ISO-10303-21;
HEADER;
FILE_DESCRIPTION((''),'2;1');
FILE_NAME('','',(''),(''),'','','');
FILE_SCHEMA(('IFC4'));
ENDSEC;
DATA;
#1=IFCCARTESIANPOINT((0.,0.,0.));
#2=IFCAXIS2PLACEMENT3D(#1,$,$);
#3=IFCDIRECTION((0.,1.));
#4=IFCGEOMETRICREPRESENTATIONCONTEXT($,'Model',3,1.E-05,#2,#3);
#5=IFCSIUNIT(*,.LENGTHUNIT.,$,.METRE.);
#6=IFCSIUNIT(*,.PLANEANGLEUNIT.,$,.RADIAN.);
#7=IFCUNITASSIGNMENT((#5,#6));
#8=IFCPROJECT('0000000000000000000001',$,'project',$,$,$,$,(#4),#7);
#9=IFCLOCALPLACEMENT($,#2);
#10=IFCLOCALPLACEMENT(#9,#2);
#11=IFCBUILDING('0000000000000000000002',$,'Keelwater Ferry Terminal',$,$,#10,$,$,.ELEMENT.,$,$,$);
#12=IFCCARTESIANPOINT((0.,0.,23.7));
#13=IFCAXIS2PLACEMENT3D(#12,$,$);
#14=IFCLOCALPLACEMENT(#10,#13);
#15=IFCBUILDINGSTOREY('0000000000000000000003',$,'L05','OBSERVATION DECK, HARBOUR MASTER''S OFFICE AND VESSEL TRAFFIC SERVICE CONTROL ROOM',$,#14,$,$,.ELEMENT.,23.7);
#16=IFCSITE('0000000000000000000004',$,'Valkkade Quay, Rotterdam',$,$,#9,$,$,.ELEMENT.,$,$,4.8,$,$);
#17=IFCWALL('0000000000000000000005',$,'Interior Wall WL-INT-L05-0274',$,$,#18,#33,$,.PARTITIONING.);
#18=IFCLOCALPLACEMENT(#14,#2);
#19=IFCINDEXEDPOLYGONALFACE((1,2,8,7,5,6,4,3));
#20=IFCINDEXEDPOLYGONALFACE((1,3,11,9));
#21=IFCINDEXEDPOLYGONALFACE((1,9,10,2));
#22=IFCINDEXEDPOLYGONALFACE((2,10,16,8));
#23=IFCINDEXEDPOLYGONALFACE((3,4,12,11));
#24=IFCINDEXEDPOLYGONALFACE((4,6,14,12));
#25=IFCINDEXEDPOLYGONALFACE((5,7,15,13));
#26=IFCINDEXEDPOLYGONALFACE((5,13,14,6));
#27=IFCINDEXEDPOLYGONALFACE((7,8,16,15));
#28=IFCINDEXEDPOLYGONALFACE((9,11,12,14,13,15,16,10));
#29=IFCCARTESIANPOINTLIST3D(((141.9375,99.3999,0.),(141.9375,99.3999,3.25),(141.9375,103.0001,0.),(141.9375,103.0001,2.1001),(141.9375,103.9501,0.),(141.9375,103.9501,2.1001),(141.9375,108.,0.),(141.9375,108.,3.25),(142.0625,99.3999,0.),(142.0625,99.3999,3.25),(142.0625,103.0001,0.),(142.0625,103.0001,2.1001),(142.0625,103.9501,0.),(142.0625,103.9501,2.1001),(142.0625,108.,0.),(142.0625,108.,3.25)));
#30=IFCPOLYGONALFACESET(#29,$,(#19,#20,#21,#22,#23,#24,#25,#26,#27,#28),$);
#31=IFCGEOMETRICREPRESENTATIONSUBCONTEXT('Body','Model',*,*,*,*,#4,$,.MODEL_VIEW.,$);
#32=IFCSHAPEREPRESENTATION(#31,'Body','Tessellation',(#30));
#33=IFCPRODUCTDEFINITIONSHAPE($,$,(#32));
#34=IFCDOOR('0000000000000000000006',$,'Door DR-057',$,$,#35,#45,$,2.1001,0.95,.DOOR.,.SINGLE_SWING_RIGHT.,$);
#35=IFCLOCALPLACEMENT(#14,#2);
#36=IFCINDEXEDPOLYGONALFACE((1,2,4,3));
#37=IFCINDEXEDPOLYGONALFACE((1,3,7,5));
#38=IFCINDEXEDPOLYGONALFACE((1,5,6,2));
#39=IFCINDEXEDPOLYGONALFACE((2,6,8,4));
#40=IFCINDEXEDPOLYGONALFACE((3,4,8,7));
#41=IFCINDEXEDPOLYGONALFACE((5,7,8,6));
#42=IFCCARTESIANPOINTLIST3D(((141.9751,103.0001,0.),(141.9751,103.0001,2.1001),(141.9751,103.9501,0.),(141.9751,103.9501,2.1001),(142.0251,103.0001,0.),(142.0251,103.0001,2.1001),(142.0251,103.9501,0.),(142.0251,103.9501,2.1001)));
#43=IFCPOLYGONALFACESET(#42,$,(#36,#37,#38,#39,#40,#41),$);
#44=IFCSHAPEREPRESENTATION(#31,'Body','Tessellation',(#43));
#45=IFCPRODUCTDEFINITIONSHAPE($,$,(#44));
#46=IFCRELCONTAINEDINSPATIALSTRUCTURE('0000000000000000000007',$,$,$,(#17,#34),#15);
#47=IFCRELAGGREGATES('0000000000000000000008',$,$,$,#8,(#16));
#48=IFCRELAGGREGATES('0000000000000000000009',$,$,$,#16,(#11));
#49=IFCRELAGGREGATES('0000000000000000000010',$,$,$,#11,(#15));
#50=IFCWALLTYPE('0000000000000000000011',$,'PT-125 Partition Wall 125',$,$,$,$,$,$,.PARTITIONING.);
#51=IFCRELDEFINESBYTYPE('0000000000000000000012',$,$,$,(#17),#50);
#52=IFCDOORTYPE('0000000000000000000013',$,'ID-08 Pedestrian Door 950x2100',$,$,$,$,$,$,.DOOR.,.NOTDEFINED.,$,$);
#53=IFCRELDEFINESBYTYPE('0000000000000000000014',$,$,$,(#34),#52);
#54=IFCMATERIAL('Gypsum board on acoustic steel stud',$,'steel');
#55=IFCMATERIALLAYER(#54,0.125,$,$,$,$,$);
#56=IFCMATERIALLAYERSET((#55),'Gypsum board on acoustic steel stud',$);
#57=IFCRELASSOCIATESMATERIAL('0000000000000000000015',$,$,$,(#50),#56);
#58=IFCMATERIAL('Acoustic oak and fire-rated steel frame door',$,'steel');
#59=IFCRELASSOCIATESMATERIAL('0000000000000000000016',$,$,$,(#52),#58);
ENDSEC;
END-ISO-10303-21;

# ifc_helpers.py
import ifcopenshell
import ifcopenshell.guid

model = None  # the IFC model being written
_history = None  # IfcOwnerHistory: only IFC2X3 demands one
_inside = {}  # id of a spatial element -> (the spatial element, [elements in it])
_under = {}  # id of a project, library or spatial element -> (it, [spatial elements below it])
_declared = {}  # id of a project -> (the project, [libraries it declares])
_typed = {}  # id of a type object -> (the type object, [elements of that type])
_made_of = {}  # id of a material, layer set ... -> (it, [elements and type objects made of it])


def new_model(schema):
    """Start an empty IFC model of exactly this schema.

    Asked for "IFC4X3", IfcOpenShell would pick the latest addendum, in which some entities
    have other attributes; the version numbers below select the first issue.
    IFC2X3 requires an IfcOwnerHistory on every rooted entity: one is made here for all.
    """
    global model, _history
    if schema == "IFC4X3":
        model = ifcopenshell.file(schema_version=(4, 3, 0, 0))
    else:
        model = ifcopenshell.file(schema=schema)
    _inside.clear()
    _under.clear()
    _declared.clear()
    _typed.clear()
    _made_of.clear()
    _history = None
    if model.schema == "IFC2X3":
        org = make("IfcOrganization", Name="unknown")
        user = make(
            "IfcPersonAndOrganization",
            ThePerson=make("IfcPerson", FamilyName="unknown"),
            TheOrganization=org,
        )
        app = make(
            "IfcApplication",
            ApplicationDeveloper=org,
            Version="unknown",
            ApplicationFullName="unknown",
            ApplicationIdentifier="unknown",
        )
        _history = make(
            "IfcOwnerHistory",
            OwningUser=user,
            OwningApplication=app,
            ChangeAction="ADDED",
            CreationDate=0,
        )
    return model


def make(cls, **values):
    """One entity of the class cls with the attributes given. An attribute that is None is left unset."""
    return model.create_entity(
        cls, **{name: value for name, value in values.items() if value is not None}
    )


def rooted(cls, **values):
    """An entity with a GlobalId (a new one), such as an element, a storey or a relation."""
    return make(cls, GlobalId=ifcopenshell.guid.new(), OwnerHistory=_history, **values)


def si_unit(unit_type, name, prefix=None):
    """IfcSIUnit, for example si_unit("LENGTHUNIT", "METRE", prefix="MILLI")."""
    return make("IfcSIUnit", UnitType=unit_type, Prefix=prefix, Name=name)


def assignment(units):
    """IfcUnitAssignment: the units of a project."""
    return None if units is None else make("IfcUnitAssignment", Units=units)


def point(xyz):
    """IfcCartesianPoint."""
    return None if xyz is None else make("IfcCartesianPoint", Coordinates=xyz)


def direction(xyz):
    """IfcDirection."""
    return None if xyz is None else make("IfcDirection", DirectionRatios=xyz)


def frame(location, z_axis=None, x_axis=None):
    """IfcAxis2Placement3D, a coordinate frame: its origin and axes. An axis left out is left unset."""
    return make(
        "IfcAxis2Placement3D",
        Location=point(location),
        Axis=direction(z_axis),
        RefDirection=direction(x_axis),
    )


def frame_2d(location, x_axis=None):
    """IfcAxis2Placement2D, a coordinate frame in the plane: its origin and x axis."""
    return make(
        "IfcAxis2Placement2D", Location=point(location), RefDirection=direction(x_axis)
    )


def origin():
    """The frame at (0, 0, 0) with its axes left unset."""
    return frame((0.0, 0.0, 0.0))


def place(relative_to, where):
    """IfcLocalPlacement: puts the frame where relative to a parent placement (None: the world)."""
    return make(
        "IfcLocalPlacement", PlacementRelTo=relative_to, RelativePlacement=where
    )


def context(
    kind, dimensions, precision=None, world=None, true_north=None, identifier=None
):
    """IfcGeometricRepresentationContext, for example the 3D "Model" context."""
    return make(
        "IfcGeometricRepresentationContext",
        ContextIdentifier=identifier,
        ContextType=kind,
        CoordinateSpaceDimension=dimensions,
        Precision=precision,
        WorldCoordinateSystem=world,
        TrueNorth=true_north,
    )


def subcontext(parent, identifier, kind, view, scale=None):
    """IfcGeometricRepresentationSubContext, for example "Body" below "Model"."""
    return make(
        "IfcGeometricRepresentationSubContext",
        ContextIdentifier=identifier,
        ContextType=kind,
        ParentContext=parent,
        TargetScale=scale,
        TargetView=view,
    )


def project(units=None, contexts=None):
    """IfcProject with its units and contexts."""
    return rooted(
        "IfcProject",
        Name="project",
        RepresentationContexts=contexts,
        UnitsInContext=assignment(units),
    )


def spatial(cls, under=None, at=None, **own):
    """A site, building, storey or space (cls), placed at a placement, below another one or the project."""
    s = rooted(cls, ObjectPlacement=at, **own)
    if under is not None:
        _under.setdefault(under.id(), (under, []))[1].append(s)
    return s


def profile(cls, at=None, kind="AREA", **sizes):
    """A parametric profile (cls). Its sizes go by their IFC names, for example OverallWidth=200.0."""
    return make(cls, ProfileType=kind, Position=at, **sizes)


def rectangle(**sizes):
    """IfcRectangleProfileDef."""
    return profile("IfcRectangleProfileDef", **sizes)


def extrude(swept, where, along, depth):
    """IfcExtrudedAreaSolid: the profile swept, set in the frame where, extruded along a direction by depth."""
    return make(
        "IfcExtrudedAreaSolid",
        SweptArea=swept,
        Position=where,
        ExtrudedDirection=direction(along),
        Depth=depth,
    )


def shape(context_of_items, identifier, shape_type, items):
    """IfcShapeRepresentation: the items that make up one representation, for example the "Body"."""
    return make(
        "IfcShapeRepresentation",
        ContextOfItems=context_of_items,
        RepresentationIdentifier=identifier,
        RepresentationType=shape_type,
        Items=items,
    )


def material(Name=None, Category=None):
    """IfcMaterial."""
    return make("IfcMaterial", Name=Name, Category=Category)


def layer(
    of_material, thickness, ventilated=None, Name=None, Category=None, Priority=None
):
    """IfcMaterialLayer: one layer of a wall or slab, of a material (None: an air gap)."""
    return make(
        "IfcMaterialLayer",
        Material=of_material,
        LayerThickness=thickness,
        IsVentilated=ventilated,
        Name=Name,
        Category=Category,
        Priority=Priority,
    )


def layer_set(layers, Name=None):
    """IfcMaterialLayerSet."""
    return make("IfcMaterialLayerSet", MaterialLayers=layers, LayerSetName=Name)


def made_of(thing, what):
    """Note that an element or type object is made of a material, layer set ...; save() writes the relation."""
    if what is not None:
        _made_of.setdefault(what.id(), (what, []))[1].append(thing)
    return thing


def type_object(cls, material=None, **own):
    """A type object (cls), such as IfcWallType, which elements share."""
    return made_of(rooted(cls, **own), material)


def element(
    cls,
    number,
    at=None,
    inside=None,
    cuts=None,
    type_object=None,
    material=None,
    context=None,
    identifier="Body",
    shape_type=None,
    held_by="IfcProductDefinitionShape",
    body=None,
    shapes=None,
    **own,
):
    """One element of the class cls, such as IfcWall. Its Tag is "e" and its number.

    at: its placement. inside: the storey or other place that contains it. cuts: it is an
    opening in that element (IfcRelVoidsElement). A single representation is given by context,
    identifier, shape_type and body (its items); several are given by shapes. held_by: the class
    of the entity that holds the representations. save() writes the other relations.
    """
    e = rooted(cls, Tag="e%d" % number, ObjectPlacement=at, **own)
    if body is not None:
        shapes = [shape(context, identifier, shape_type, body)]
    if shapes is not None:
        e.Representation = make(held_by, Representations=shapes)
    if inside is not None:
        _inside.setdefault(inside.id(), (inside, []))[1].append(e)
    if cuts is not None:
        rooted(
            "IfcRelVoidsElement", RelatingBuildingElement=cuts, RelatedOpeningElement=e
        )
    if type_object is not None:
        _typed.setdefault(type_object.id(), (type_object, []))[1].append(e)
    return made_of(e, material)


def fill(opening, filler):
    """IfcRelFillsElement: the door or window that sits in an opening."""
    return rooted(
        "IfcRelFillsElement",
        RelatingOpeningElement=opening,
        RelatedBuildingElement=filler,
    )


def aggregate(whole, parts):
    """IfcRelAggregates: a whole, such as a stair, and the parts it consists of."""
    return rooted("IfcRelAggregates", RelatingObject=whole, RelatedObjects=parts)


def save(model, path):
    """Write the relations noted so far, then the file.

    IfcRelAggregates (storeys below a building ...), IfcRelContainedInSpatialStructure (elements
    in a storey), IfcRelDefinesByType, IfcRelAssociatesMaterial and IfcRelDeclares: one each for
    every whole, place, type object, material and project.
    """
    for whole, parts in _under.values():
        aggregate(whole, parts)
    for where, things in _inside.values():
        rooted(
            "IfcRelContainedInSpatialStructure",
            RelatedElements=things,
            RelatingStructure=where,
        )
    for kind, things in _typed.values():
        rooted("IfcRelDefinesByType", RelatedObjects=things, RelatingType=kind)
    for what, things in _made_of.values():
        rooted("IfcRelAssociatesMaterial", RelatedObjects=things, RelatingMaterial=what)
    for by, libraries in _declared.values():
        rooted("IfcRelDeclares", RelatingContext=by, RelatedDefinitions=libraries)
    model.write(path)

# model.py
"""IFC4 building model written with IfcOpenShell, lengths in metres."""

from ifc_helpers import new_model, si_unit, direction, frame, frame_2d, origin, place, context, subcontext, project, spatial, rectangle, extrude, material, layer, layer_set, type_object, element, fill, save


model = new_model("IFC4")

# Units and contexts
model_context = context("Model", 3, precision=1e-05, world=origin(), true_north=direction((0.0, 1.0)))
body_context = subcontext(model_context, "Body", "Model", "MODEL_VIEW")
ifc_project = project(units=[si_unit("LENGTHUNIT", "METRE"), si_unit("PLANEANGLEUNIT", "RADIAN")], contexts=[model_context])

# Site, building, storey
site_placement = place(None, origin())
site = spatial("IfcSite", under=ifc_project, at=site_placement, Name="Valkkade Quay, Rotterdam", CompositionType="ELEMENT", RefElevation=4.8)
building_placement = place(site_placement, origin())
building = spatial("IfcBuilding", under=site, at=building_placement, Name="Keelwater Ferry Terminal", CompositionType="ELEMENT")
storey_placement = place(building_placement, frame((0.0, 0.0, 23.7)))
storey = spatial("IfcBuildingStorey", under=building, at=storey_placement, Name="L05", Description="OBSERVATION DECK, HARBOUR MASTER'S OFFICE AND VESSEL TRAFFIC SERVICE CONTROL ROOM", CompositionType="ELEMENT", Elevation=23.7)

# Wall, opening, door
ifc_material_1 = material(Name="Gypsum board on acoustic steel stud", Category="steel")
ifc_layer_1 = layer(ifc_material_1, 0.125)
ifc_layer_set_1 = layer_set([ifc_layer_1], Name="Gypsum board on acoustic steel stud")
wall_type_1 = type_object("IfcWallType", Name="PT-125 Partition Wall 125", PredefinedType="PARTITIONING", material=ifc_layer_set_1)
wall_1_placement = place(storey_placement, frame((142.0, 99.3999, 0.0), z_axis=(0.0, 0.0, 1.0), x_axis=(0.0, 1.0, 0.0)))
wall_1 = element("IfcWall", 1, at=wall_1_placement, inside=storey, type_object=wall_type_1, Name="Interior Wall WL-INT-L05-0274", PredefinedType="PARTITIONING", context=body_context, shape_type="SweptSolid", body=[
    extrude(rectangle(XDim=8.6001, YDim=0.125, at=frame_2d((4.3, 0.0))), origin(), (0.0, 0.0, 1.0), 3.25),
])
opening_1_placement = place(wall_1_placement, frame((3.6001, 0.0, 0.0)))
opening_1 = element("IfcOpeningElement", 2, at=opening_1_placement, cuts=wall_1, PredefinedType="OPENING", context=body_context, shape_type="SweptSolid", body=[
    extrude(rectangle(XDim=0.95, YDim=2.1001, at=frame_2d((0.4751, 1.05))), frame((0.0, 0.0725, 0.0), z_axis=(0.0, -1.0, 0.0), x_axis=(1.0, 0.0, 0.0)), (0.0, 0.0, 1.0), 0.145),
])
ifc_material_2 = material(Name="Acoustic oak and fire-rated steel frame door", Category="steel")
door_type = type_object("IfcDoorType", Name="ID-08 Pedestrian Door 950x2100", OperationType="NOTDEFINED", PredefinedType="DOOR", material=ifc_material_2)
door_placement = place(opening_1_placement, origin())
door = element("IfcDoor", 3, at=door_placement, inside=storey, type_object=door_type, Name="Door DR-057", OperationType="SINGLE_SWING_RIGHT", OverallHeight=2.1001, OverallWidth=0.95, PredefinedType="DOOR", context=body_context, shape_type="SweptSolid", body=[
    extrude(rectangle(XDim=0.95, YDim=2.1001, at=frame_2d((0.4751, 1.05))), frame((0.0, 0.0249, 0.0), z_axis=(0.0, -1.0, 0.0), x_axis=(1.0, 0.0, 0.0)), (0.0, 0.0, 1.0), 0.05),
])
fill(opening_1, door)

save(model, "model.ifc")
